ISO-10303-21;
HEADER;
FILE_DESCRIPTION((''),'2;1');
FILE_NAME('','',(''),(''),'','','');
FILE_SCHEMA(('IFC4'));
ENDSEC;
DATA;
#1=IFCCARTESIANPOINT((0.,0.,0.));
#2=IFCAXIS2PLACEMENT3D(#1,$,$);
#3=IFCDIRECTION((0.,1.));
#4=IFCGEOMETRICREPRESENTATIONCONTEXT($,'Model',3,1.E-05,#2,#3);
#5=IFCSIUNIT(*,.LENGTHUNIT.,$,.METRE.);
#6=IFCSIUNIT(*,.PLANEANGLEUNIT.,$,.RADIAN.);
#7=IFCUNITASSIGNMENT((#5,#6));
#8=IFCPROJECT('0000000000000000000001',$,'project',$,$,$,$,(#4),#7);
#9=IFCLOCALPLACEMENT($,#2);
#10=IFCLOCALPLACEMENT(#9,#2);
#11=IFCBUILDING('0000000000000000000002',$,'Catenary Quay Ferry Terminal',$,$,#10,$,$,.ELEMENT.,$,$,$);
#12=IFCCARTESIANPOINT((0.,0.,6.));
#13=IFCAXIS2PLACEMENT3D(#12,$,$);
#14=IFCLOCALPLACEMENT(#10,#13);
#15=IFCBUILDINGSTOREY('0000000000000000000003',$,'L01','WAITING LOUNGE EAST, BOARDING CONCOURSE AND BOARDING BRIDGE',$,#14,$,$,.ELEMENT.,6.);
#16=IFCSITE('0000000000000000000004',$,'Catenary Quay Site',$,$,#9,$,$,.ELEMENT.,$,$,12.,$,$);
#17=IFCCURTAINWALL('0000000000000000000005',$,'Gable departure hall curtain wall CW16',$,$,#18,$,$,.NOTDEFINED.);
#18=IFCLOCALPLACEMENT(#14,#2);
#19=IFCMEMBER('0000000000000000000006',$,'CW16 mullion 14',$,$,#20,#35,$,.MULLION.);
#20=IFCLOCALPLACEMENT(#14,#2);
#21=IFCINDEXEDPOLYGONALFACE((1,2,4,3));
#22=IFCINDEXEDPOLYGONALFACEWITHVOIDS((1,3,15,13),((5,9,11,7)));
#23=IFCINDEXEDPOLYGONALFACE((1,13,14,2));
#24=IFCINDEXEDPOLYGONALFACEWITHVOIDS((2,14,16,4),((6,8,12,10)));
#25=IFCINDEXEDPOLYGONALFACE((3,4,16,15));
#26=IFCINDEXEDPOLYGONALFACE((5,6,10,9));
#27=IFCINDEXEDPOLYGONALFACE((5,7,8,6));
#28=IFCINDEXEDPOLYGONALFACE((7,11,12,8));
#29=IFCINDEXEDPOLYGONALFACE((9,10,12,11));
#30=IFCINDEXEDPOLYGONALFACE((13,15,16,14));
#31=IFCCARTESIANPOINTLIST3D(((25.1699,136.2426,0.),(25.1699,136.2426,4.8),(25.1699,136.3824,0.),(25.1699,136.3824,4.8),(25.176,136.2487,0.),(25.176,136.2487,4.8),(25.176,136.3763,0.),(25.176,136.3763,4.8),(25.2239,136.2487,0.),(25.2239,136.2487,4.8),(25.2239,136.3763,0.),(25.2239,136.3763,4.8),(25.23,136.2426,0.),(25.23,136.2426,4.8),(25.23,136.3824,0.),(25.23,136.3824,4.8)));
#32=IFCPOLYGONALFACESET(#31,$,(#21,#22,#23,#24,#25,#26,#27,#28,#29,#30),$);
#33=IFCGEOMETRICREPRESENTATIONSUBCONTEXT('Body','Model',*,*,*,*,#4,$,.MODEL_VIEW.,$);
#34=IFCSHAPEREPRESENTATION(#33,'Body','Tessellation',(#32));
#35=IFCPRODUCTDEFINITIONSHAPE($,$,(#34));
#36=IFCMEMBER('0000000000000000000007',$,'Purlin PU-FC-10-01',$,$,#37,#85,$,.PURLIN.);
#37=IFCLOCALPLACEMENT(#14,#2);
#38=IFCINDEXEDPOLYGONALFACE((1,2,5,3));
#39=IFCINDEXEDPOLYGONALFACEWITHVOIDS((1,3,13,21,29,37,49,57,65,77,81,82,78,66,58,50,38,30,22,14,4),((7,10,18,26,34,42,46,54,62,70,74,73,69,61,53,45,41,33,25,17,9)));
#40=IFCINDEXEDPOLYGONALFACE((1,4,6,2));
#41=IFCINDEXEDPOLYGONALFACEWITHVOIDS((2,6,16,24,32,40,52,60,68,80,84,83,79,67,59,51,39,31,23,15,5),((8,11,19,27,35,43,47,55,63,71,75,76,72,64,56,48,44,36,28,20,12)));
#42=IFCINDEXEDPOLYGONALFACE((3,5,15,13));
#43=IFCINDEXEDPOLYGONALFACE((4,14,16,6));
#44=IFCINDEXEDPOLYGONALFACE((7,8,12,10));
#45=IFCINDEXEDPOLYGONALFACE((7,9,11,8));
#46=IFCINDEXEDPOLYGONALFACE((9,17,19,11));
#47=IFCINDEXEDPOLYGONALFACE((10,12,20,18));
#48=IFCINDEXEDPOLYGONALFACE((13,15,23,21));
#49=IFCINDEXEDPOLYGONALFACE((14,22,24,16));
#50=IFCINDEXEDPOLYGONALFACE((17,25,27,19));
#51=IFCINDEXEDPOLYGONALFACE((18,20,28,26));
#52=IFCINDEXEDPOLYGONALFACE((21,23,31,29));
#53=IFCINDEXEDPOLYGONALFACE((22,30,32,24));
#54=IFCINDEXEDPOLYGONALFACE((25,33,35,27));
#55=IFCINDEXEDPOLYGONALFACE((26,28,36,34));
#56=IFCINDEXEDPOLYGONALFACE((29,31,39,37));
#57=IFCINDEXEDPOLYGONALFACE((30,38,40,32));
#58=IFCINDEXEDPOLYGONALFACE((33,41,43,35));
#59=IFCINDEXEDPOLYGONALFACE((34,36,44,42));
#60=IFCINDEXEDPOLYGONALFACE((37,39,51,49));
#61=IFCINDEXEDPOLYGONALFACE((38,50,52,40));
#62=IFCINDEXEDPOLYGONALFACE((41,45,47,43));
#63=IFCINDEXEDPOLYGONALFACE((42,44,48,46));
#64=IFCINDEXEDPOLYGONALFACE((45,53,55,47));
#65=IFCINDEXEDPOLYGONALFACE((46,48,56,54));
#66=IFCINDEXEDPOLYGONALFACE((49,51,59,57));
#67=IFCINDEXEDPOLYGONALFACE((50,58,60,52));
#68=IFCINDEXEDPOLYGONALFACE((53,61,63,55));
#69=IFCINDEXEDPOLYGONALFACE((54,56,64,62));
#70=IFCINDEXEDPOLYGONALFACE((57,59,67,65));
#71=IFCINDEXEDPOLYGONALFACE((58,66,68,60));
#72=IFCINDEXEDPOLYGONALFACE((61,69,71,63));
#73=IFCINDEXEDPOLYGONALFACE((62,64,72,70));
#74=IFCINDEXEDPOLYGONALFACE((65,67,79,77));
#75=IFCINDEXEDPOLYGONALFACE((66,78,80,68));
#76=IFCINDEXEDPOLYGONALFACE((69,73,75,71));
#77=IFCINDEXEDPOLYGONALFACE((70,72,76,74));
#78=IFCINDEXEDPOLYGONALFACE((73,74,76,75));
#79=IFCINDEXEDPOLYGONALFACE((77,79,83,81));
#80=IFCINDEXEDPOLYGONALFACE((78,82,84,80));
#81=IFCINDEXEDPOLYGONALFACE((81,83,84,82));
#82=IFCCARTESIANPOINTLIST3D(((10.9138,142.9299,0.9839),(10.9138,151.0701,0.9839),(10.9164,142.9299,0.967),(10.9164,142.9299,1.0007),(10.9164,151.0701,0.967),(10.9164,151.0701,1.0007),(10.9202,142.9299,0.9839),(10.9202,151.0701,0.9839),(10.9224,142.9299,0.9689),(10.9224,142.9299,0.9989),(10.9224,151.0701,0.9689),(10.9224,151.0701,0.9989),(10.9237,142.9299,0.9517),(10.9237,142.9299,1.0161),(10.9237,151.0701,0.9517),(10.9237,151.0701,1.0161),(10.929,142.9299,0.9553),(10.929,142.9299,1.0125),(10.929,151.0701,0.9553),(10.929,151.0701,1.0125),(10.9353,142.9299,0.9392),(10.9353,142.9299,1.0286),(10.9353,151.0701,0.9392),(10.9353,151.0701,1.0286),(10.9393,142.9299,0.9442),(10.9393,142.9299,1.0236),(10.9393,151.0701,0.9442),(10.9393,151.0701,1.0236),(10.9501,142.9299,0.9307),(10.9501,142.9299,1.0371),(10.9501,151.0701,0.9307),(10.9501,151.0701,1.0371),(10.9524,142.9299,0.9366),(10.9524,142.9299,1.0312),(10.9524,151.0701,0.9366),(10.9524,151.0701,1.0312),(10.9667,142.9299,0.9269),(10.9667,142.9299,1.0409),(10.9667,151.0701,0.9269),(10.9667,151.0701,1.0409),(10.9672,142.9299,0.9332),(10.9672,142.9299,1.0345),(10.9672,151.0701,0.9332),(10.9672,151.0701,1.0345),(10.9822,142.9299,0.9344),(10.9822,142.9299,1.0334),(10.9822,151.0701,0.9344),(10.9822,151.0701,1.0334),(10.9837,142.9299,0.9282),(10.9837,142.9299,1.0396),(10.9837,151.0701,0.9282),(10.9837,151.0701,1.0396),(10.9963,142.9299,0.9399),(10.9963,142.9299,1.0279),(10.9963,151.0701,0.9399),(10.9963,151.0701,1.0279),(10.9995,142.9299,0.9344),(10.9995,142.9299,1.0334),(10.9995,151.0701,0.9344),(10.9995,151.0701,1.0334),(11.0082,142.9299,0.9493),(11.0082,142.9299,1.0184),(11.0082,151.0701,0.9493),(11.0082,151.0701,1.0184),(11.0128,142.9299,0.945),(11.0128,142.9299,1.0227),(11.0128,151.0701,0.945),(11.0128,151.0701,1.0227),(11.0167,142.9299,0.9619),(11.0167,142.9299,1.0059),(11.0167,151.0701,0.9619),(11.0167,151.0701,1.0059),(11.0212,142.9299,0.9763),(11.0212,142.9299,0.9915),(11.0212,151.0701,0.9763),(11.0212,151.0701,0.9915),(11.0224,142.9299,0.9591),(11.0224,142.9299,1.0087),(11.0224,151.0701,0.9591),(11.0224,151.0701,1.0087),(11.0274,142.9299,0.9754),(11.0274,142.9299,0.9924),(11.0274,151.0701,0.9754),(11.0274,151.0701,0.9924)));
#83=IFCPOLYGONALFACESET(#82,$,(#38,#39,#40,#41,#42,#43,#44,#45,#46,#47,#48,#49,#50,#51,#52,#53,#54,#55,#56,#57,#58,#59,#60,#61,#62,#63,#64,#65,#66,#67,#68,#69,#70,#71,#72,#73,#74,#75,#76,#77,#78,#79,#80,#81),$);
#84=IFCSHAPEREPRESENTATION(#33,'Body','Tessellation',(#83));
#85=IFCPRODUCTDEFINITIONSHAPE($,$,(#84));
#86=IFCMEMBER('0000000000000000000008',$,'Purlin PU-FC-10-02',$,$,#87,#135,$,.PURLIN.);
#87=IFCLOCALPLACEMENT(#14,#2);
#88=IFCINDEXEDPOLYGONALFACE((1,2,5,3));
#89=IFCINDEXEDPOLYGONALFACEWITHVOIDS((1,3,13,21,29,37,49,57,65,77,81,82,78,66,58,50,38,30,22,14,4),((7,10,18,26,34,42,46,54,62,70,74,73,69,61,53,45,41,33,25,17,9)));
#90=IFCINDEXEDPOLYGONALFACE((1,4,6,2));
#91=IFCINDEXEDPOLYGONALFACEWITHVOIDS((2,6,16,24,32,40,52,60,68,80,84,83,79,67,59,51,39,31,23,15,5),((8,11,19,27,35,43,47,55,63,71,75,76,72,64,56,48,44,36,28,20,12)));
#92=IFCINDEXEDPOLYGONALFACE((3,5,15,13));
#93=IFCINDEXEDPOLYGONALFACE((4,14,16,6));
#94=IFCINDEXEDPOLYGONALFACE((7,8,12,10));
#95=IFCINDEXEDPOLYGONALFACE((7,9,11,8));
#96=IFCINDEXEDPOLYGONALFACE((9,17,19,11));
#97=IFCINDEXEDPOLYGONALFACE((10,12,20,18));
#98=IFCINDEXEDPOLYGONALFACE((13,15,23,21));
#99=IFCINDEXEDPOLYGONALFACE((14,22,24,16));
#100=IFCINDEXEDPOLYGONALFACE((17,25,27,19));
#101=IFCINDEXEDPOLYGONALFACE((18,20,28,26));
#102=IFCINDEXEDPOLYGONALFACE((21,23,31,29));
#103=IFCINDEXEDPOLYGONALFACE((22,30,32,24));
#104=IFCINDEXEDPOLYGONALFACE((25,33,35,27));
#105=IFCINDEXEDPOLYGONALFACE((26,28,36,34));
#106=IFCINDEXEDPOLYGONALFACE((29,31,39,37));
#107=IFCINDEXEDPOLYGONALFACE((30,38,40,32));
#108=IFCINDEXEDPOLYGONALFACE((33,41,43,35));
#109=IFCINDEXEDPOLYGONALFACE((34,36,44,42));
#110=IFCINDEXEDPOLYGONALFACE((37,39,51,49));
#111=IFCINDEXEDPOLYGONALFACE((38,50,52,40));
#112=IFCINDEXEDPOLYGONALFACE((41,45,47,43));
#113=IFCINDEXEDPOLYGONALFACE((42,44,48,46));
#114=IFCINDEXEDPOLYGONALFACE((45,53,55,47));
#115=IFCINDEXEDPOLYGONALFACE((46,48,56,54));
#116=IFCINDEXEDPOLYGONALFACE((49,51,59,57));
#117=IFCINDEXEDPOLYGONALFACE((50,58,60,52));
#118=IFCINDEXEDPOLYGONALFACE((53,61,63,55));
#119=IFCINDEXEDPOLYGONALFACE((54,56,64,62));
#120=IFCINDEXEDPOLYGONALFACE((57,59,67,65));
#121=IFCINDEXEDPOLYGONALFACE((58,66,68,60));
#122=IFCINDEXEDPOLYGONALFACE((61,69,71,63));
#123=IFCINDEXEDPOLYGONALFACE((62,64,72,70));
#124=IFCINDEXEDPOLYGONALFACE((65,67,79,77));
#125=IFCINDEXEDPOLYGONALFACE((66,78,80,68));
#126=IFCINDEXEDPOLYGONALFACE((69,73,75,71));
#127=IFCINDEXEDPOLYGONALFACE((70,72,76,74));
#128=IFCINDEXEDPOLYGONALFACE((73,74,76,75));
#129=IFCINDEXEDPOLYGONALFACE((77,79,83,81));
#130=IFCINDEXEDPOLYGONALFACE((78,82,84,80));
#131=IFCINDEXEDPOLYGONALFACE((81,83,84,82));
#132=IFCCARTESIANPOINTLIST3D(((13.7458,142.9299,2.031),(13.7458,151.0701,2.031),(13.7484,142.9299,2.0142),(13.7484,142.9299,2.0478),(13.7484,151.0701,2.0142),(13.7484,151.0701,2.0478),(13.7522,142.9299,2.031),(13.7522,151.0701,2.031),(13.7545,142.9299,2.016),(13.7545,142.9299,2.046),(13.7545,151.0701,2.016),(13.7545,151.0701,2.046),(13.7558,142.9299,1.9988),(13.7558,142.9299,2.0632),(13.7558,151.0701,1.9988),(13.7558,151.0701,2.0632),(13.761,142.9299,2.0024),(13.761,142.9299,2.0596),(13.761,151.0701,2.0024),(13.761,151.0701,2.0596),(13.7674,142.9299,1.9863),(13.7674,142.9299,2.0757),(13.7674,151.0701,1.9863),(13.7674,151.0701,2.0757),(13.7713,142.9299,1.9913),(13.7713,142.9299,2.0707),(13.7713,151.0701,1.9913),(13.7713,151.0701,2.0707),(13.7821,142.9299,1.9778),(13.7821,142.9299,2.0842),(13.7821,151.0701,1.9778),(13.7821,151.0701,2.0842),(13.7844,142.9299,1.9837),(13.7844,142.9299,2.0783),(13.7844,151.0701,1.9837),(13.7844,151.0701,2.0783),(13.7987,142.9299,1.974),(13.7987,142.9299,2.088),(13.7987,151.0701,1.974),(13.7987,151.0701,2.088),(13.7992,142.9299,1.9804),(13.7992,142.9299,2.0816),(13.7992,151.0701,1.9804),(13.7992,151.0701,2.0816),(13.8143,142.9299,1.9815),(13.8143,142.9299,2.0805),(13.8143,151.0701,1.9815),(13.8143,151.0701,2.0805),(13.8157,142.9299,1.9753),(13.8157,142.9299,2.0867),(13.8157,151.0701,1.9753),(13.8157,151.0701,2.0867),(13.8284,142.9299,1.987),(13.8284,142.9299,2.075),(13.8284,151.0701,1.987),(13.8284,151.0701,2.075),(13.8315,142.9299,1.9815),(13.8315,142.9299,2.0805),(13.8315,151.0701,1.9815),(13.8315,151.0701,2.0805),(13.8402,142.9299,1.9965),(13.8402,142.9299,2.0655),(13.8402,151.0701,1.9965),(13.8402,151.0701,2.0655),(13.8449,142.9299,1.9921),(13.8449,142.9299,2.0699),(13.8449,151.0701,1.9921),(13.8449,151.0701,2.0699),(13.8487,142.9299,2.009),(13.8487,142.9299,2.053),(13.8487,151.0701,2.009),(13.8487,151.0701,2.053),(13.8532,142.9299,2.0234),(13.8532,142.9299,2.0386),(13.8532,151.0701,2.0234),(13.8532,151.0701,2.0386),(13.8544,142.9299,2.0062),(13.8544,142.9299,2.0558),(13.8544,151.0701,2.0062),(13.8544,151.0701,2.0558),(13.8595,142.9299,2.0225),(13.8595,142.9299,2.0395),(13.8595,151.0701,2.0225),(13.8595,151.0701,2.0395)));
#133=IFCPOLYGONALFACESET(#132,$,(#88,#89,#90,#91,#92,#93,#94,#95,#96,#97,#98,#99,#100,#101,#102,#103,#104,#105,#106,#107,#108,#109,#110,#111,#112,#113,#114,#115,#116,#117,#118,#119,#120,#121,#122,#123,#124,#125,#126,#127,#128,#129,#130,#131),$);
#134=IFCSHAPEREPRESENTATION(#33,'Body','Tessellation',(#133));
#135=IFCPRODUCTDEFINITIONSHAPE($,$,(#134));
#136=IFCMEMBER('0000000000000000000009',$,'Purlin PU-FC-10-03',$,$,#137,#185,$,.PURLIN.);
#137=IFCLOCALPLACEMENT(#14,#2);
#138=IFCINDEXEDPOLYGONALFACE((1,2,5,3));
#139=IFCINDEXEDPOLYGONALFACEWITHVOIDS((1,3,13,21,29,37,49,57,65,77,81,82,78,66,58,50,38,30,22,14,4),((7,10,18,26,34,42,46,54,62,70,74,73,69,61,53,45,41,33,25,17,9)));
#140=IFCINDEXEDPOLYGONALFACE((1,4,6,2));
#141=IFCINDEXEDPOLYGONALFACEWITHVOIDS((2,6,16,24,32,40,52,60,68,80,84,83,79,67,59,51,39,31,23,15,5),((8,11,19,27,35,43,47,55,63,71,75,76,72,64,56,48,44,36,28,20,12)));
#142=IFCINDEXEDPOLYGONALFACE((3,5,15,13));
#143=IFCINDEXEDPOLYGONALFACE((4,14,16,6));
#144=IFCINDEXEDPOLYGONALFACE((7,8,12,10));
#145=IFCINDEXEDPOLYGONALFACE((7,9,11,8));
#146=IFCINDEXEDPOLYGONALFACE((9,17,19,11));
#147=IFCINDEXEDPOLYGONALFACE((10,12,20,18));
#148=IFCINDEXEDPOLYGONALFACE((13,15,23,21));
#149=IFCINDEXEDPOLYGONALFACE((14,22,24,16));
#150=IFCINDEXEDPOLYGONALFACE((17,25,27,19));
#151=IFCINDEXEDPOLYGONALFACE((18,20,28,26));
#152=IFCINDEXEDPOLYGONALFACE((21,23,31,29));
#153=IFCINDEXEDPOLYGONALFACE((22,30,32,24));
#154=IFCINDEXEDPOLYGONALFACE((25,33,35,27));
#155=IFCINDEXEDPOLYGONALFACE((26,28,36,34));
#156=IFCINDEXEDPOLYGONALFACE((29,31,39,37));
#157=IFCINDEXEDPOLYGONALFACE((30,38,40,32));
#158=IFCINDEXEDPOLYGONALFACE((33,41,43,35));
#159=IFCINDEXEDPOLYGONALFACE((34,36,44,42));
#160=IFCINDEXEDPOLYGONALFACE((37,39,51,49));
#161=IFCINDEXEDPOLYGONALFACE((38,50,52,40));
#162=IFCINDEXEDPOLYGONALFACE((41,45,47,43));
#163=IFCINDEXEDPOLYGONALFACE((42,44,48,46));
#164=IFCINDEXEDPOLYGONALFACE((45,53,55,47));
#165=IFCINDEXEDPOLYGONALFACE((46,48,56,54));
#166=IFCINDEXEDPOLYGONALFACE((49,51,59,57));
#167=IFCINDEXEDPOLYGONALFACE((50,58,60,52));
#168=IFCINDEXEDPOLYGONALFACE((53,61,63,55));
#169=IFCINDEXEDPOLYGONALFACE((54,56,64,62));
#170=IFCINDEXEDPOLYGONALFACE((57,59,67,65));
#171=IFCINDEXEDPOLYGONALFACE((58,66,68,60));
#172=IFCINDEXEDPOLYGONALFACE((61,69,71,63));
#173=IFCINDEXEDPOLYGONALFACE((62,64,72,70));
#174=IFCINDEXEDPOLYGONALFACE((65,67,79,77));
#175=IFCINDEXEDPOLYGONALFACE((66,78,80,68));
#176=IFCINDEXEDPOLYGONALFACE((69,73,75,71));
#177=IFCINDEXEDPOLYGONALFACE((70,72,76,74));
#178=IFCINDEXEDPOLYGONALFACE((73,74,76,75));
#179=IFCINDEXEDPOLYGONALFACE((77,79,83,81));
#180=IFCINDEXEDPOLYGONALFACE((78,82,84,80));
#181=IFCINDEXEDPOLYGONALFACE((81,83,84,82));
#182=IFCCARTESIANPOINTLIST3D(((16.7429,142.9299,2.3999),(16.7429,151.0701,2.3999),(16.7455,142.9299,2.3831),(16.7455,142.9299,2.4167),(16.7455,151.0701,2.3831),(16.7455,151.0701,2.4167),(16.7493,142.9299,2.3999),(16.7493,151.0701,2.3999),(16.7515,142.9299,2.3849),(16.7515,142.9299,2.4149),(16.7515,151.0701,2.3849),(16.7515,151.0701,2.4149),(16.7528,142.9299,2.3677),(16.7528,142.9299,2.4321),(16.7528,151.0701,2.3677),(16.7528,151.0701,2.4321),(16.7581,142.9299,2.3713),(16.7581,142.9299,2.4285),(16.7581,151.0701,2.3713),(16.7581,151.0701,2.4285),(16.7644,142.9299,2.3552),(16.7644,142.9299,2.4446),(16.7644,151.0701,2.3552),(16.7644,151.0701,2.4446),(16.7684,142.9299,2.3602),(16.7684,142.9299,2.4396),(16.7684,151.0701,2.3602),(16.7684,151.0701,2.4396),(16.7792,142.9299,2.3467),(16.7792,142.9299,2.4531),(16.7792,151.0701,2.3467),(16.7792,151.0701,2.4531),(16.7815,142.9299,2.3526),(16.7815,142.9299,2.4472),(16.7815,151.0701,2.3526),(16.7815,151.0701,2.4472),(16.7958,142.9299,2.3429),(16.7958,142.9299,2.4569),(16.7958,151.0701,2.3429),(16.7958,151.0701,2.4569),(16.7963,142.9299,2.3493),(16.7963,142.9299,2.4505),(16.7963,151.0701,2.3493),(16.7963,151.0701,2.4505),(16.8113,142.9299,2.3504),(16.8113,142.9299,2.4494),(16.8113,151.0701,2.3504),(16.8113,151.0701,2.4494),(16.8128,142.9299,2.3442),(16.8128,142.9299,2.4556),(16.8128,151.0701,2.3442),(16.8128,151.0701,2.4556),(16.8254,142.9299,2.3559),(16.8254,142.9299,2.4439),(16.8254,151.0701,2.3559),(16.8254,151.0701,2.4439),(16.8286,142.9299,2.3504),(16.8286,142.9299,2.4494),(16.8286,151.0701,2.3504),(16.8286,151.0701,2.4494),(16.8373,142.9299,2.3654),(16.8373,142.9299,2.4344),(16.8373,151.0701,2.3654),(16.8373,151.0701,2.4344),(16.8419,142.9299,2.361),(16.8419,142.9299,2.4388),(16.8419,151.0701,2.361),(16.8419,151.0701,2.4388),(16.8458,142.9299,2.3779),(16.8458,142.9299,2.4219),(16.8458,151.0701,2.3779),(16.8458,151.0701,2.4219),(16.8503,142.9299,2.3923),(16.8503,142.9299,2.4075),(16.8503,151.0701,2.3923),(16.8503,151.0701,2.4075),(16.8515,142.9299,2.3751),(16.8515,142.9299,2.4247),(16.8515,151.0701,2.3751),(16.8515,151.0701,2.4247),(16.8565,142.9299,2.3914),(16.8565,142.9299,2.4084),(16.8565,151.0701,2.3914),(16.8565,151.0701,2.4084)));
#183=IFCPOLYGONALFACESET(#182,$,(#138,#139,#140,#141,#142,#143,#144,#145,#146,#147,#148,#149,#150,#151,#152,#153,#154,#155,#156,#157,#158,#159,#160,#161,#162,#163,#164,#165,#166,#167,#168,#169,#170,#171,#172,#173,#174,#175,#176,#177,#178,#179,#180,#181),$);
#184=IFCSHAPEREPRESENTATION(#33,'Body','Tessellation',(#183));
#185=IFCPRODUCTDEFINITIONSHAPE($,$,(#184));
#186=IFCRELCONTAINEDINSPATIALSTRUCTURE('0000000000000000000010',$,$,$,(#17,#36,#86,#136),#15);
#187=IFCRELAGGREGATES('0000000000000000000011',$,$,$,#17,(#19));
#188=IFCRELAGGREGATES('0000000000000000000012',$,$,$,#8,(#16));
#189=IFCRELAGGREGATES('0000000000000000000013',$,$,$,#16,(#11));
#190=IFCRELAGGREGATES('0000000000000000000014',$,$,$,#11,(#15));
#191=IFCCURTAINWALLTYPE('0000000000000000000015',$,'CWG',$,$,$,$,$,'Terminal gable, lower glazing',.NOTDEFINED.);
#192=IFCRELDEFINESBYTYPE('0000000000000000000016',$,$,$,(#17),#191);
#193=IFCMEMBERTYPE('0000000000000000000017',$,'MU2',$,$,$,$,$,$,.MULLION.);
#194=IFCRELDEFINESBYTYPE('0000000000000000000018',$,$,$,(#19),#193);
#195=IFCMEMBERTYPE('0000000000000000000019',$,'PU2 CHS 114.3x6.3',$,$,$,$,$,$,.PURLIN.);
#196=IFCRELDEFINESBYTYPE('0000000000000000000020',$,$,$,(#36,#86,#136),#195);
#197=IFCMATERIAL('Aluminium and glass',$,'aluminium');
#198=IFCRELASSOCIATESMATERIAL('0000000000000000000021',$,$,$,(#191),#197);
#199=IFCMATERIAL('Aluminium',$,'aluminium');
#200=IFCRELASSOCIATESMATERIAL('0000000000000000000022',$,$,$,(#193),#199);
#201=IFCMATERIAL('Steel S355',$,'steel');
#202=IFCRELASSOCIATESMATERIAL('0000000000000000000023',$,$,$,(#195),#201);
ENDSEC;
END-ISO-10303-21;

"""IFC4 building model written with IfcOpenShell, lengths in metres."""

from ifc_helpers import new_model, si_unit, direction, frame, origin, origin_2d, place, context, subcontext, project, spatial, hollow_rectangle, hollow_circle, extrude, material, material_profile, profile_set, type_object, element, aggregate, save


model = new_model("IFC4")

# Units and contexts
model_context = context("Model", 3, precision=1e-05, world=origin(), true_north=direction((0.0, 1.0)))
body_context = subcontext(model_context, "Body", "Model", "MODEL_VIEW")
ifc_project = project(units=[si_unit("LENGTHUNIT", "METRE"), si_unit("PLANEANGLEUNIT", "RADIAN")], contexts=[model_context])

# Site, building, storey
site_placement = place(None, origin())
site = spatial("IfcSite", under=ifc_project, at=site_placement, Name="Catenary Quay Site", CompositionType="ELEMENT", RefElevation=12.0)
building_placement = place(site_placement, origin())
building = spatial("IfcBuilding", under=site, at=building_placement, Name="Catenary Quay Ferry Terminal", CompositionType="ELEMENT")
storey_placement = place(building_placement, frame((0.0, 0.0, 6.0)))
storey = spatial("IfcBuildingStorey", under=building, at=storey_placement, Name="L01", Description="WAITING LOUNGE EAST, BOARDING CONCOURSE AND BOARDING BRIDGE", CompositionType="ELEMENT", Elevation=6.0)

# Curtain wall, member
ifc_material_1 = material(Name="Aluminium and glass", Category="aluminium")
curtain_wall_type = type_object("IfcCurtainWallType", Name="CWG", ElementType="Terminal gable, lower glazing", PredefinedType="NOTDEFINED", material=ifc_material_1)
curtain_wall_placement = place(storey_placement, origin())
curtain_wall = element("IfcCurtainWall", 1, at=curtain_wall_placement, inside=storey, type_object=curtain_wall_type, Name="Gable departure hall curtain wall CW16", PredefinedType="NOTDEFINED")
ifc_material_2 = material(Name="Aluminium", Category="aluminium")
ifc_material_profile_1 = material_profile(ifc_material_2, hollow_rectangle(XDim=0.0601, YDim=0.1399, WallThickness=0.0061, at=origin_2d()), Name="MU2")
ifc_profile_set_1 = profile_set([ifc_material_profile_1], Name="Aluminium")
member_type_1 = type_object("IfcMemberType", Name="MU2", PredefinedType="MULLION", material=ifc_profile_set_1)
member_1_placement = place(storey_placement, frame((25.2, 136.3125, 0.0), z_axis=(0.0, 0.0, 1.0), x_axis=(-1.0, 0.0, 0.0)))
member_1 = element("IfcMember", 2, at=member_1_placement, type_object=member_type_1, Name="CW16 mullion 14", PredefinedType="MULLION", context=body_context, shape_type="SweptSolid", body=[
    extrude(hollow_rectangle(XDim=0.0601, YDim=0.1399, WallThickness=0.0061, at=origin_2d()), origin(), (0.0, 0.0, 1.0), 4.8),
])

# Members
ifc_material_3 = material(Name="Steel S355", Category="steel")
ifc_material_profile_2 = material_profile(ifc_material_3, hollow_circle(Radius=0.0571, WallThickness=0.0063, at=origin_2d()), Name="CHS 114.3x6.3")
ifc_profile_set_2 = profile_set([ifc_material_profile_2], Name="Steel S355")
member_type_2 = type_object("IfcMemberType", Name="PU2 CHS 114.3x6.3", PredefinedType="PURLIN", material=ifc_profile_set_2)
for number, where, z_axis, x_axis, name in (
    (3, (10.9709, 142.9299, 0.9839), (0.0, 1.0, 0.0), (-1.0, 0.0, 0.0), "Purlin PU-FC-10-01"),
    (4, (13.803, 142.9299, 2.031), (0.0, 1.0, 0.0), (-1.0, 0.0, 0.0), "Purlin PU-FC-10-02"),
    (5, (16.8, 142.9299, 2.3999), (0.0, 1.0, 0.0), (-1.0, 0.0, 0.0), "Purlin PU-FC-10-03"),
):
    element("IfcMember", number, at=place(storey_placement, frame(where, z_axis=z_axis, x_axis=x_axis)), inside=storey, type_object=member_type_2, Name=name, PredefinedType="PURLIN", context=body_context, shape_type="SweptSolid", body=[
        extrude(hollow_circle(Radius=0.0571, WallThickness=0.0063, at=origin_2d()), origin(), (0.0, 0.0, 1.0), 8.1401),
    ])

aggregate(curtain_wall, [member_1])

save(model, "model.ifc")
